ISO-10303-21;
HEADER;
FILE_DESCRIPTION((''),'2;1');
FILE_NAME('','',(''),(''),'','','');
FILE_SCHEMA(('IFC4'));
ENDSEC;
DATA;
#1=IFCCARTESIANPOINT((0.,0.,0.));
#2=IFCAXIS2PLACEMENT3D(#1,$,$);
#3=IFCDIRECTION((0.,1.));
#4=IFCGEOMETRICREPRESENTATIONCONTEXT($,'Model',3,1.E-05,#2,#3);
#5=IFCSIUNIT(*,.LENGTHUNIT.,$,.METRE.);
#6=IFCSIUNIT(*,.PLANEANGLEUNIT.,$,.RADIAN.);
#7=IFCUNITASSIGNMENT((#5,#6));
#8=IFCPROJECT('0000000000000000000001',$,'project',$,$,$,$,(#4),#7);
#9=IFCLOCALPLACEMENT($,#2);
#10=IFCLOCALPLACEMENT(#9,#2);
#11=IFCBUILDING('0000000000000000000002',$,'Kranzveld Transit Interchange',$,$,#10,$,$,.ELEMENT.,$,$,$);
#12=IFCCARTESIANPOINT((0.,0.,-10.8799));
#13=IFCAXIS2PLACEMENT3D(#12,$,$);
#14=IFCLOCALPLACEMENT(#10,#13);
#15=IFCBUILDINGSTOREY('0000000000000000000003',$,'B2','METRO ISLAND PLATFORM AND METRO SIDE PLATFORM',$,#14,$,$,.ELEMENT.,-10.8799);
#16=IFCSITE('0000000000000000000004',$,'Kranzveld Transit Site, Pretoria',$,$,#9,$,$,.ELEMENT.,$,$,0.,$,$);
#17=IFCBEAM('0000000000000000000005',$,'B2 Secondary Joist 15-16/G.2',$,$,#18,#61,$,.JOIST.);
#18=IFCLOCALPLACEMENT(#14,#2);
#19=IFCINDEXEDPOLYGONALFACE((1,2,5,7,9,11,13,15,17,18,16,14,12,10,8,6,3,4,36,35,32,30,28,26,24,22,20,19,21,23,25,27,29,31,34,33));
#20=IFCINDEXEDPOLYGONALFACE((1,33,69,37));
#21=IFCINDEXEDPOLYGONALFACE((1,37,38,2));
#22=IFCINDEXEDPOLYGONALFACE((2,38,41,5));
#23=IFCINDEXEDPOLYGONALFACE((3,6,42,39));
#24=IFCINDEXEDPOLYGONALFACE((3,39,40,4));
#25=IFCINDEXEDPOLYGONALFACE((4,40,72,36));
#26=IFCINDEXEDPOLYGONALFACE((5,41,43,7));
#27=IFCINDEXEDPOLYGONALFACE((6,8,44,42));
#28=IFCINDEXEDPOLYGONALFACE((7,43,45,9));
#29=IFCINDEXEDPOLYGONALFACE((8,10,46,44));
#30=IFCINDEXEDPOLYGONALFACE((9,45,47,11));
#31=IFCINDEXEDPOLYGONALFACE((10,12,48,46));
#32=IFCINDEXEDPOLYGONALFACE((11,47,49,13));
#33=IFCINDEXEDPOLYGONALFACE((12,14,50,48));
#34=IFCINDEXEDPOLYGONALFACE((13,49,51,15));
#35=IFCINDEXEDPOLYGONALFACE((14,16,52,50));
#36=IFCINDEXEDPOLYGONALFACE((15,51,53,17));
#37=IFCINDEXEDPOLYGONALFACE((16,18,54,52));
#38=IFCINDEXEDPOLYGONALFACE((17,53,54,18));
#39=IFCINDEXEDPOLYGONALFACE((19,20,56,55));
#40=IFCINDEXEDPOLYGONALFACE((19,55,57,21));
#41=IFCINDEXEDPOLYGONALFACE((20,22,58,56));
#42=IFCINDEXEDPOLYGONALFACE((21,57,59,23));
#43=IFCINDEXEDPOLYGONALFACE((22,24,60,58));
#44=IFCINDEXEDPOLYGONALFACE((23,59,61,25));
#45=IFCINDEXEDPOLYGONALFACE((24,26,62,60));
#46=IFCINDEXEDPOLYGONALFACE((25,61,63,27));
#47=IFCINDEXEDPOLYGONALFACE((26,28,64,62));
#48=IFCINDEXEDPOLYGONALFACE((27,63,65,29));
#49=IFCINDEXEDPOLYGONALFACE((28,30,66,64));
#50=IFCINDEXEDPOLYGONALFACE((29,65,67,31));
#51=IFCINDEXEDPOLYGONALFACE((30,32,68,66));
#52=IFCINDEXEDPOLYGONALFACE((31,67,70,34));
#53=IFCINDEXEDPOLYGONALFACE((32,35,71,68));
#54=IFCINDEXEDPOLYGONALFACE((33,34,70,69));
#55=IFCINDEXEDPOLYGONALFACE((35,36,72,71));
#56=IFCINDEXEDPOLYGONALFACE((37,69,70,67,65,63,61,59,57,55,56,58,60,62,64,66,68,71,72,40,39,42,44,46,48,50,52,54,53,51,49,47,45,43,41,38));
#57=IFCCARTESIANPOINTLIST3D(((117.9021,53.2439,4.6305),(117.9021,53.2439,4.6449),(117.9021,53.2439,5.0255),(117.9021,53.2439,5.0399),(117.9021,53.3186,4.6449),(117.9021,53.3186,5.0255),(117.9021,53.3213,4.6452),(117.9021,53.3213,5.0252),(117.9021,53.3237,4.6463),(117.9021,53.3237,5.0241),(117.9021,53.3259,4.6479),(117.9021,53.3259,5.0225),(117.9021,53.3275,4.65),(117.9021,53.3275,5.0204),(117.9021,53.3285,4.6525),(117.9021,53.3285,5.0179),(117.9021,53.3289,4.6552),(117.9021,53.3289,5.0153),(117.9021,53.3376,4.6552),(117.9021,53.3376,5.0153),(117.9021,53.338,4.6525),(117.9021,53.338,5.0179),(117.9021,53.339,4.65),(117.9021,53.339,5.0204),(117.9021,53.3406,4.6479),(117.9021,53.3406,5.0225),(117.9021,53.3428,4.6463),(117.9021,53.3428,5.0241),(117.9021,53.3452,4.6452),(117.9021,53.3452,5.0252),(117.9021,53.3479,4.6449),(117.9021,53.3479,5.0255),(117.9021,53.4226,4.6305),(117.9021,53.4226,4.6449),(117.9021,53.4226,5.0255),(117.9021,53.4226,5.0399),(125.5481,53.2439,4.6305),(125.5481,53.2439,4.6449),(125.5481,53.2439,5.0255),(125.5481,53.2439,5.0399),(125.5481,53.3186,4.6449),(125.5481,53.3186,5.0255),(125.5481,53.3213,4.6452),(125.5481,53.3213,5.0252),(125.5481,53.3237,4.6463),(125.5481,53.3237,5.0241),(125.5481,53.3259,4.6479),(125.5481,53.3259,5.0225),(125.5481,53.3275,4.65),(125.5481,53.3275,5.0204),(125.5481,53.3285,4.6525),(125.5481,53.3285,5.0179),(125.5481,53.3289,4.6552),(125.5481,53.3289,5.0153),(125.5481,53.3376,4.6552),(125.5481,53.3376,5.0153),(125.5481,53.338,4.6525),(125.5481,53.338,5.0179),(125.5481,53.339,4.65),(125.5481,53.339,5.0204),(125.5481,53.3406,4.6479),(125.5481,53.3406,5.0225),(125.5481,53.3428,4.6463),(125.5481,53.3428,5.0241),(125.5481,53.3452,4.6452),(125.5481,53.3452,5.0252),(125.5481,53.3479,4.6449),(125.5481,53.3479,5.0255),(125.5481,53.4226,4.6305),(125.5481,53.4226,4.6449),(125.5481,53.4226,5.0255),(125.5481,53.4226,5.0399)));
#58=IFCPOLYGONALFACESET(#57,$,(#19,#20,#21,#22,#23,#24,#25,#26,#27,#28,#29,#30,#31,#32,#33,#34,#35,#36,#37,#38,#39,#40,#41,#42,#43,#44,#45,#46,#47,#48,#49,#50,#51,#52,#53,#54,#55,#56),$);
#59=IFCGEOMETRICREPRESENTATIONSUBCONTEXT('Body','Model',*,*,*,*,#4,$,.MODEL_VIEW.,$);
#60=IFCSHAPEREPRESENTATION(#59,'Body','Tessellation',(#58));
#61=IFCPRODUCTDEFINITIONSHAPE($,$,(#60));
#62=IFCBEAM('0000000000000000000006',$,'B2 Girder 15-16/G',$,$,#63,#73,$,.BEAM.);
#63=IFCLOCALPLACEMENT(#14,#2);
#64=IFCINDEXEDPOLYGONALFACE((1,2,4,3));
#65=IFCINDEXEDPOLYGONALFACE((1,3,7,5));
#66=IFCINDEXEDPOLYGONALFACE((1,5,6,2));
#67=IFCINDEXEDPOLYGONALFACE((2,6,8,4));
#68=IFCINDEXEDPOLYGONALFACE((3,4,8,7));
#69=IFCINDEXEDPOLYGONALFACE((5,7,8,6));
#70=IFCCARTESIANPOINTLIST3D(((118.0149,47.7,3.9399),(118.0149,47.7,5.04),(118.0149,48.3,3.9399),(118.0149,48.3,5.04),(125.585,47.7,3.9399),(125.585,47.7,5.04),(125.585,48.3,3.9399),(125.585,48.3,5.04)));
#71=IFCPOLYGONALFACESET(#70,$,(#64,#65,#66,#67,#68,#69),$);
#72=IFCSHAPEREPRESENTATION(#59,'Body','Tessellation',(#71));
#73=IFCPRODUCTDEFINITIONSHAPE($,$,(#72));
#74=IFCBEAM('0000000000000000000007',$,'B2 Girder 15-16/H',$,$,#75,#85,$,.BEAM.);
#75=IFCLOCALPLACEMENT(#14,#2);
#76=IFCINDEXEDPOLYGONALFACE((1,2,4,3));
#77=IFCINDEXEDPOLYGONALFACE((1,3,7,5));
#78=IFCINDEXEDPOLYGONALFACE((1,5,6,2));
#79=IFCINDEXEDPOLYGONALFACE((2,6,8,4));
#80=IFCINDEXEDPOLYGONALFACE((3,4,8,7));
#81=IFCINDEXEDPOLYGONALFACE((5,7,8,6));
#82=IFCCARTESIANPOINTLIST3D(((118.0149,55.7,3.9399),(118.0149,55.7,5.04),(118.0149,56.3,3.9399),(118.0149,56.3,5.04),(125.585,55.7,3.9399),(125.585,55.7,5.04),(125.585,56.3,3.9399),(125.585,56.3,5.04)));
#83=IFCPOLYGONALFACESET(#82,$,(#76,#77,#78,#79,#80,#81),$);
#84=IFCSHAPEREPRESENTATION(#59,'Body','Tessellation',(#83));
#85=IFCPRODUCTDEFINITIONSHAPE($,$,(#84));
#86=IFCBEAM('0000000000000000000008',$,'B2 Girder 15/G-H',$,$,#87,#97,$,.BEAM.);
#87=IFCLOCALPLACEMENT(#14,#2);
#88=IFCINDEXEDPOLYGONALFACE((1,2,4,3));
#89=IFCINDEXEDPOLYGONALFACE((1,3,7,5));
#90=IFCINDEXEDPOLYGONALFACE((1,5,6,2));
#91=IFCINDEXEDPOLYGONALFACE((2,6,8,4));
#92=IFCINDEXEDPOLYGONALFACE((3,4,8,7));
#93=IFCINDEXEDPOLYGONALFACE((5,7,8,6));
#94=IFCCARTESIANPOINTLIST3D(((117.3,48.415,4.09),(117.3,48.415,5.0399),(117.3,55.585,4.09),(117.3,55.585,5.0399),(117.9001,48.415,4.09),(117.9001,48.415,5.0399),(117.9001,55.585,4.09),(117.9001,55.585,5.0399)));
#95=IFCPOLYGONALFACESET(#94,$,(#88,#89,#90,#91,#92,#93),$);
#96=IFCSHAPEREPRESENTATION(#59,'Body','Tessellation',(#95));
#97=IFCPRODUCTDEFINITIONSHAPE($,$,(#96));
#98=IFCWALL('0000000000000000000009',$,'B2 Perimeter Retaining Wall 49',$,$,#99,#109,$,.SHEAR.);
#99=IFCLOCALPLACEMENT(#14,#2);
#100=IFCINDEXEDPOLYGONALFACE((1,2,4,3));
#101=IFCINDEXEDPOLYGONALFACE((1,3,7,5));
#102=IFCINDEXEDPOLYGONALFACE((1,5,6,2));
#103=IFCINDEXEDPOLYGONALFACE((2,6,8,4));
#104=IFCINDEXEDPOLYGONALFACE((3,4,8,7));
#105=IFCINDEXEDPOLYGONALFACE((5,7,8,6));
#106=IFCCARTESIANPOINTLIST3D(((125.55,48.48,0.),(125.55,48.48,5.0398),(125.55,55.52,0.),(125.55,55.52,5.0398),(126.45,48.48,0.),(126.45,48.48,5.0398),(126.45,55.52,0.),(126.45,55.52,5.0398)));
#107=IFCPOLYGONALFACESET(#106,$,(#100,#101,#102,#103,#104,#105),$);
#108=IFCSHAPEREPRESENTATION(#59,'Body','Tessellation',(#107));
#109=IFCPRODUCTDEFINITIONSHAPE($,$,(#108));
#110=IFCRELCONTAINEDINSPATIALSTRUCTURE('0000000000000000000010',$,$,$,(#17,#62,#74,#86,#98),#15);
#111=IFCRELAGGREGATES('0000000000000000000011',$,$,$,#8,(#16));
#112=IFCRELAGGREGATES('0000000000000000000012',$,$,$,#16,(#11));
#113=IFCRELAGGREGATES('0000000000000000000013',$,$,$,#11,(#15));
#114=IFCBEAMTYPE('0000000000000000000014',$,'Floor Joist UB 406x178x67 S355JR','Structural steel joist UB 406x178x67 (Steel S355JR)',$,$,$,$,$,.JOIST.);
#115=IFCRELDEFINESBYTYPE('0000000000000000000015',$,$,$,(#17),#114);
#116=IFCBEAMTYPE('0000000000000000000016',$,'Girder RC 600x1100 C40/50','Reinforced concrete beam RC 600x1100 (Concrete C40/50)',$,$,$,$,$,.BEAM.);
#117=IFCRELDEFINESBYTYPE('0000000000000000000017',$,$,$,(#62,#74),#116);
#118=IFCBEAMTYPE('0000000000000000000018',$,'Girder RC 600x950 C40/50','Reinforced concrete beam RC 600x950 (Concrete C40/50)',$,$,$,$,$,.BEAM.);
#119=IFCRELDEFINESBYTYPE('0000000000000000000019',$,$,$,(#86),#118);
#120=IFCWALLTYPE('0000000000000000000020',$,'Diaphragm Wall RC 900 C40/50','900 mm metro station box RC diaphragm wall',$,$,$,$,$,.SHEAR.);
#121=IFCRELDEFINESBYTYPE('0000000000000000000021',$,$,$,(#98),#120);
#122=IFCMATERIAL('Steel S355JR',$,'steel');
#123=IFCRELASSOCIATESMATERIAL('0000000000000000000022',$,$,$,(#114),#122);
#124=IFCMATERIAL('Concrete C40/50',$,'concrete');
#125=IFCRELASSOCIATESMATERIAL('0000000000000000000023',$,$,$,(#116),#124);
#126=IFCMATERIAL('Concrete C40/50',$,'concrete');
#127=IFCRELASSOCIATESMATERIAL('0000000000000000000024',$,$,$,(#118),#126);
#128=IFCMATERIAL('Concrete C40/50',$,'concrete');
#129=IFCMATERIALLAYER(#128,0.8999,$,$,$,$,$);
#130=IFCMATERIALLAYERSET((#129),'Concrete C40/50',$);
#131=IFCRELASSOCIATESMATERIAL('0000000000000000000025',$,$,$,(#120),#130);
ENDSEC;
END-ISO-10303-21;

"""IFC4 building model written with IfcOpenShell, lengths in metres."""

from ifc_helpers import new_model, si_unit, direction, frame, frame_2d, origin, origin_2d, place, context, subcontext, project, spatial, rectangle, i_section, extrude, material, layer, layer_set, material_profile, profile_set, type_object, element, save


model = new_model("IFC4")

# Units and contexts
model_context = context("Model", 3, precision=1e-05, world=origin(), true_north=direction((0.0, 1.0)))
body_context = subcontext(model_context, "Body", "Model", "MODEL_VIEW")
ifc_project = project(units=[si_unit("LENGTHUNIT", "METRE"), si_unit("PLANEANGLEUNIT", "RADIAN")], contexts=[model_context])

# Site, building, storey
site_placement = place(None, origin())
site = spatial("IfcSite", under=ifc_project, at=site_placement, Name="Kranzveld Transit Site, Pretoria", CompositionType="ELEMENT", RefElevation=0.0)
building_placement = place(site_placement, origin())
building = spatial("IfcBuilding", under=site, at=building_placement, Name="Kranzveld Transit Interchange", CompositionType="ELEMENT")
storey_placement = place(building_placement, frame((0.0, 0.0, -10.8799)))
storey = spatial("IfcBuildingStorey", under=building, at=storey_placement, Name="B2", Description="METRO ISLAND PLATFORM AND METRO SIDE PLATFORM", CompositionType="ELEMENT", Elevation=-10.8799)

# Beams
ifc_material_1 = material(Name="Steel S355JR", Category="steel")
ifc_material_profile_1 = material_profile(ifc_material_1, i_section(OverallWidth=0.1787, OverallDepth=0.4094, WebThickness=0.0088, FlangeThickness=0.0144, FilletRadius=0.0103, at=origin_2d()), Name="UB 406x178x67")
ifc_profile_set_1 = profile_set([ifc_material_profile_1], Name="Steel S355JR")
beam_type_1 = type_object("IfcBeamType", Name="Floor Joist UB 406x178x67 S355JR", Description="Structural steel joist UB 406x178x67 (Steel S355JR)", PredefinedType="JOIST", material=ifc_profile_set_1)
for number, where, z_axis, x_axis, name in (
    (1, (117.9021, 53.3333, 4.8352), (1.0, 0.0, 0.0), (0.0, 1.0, 0.0), "B2 Secondary Joist 15-16/G.2"),
):
    element("IfcBeam", number, at=place(storey_placement, frame(where, z_axis=z_axis, x_axis=x_axis)), inside=storey, type_object=beam_type_1, Name=name, PredefinedType="JOIST", context=body_context, shape_type="SweptSolid", body=[
        extrude(i_section(OverallWidth=0.1787, OverallDepth=0.4094, WebThickness=0.0088, FlangeThickness=0.0144, FilletRadius=0.0103, at=origin_2d()), origin(), (0.0, 0.0, 1.0), 7.646),
    ])
ifc_material_2 = material(Name="Concrete C40/50", Category="concrete")
ifc_material_profile_2 = material_profile(ifc_material_2, rectangle(XDim=0.6001, YDim=1.1001, at=origin_2d()), Name="RC 600x1100")
ifc_profile_set_2 = profile_set([ifc_material_profile_2], Name="Concrete C40/50")
beam_type_2 = type_object("IfcBeamType", Name="Girder RC 600x1100 C40/50", Description="Reinforced concrete beam RC 600x1100 (Concrete C40/50)", PredefinedType="BEAM", material=ifc_profile_set_2)
for number, where, z_axis, x_axis, name in (
    (2, (118.0149, 48.0, 4.49), (1.0, 0.0, 0.0), (0.0, 1.0, 0.0), "B2 Girder 15-16/G"),
    (3, (118.0149, 56.0, 4.49), (1.0, 0.0, 0.0), (0.0, 1.0, 0.0), "B2 Girder 15-16/H"),
):
    element("IfcBeam", number, at=place(storey_placement, frame(where, z_axis=z_axis, x_axis=x_axis)), inside=storey, type_object=beam_type_2, Name=name, PredefinedType="BEAM", context=body_context, shape_type="SweptSolid", body=[
        extrude(rectangle(XDim=0.6001, YDim=1.1001, at=origin_2d()), origin(), (0.0, 0.0, 1.0), 7.5701),
    ])
ifc_material_3 = material(Name="Concrete C40/50", Category="concrete")
ifc_material_profile_3 = material_profile(ifc_material_3, rectangle(XDim=0.6001, YDim=0.95, at=origin_2d()), Name="RC 600x950")
ifc_profile_set_3 = profile_set([ifc_material_profile_3], Name="Concrete C40/50")
beam_type_3 = type_object("IfcBeamType", Name="Girder RC 600x950 C40/50", Description="Reinforced concrete beam RC 600x950 (Concrete C40/50)", PredefinedType="BEAM", material=ifc_profile_set_3)
beam_placement = place(storey_placement, frame((117.6001, 48.415, 4.5649), z_axis=(0.0, 1.0, 0.0), x_axis=(-1.0, 0.0, 0.0)))
element("IfcBeam", 4, at=beam_placement, inside=storey, type_object=beam_type_3, Name="B2 Girder 15/G-H", PredefinedType="BEAM", context=body_context, shape_type="SweptSolid", body=[
    extrude(rectangle(XDim=0.6001, YDim=0.95, at=origin_2d()), origin(), (0.0, 0.0, 1.0), 7.1699),
])

# Wall
ifc_material_4 = material(Name="Concrete C40/50", Category="concrete")
ifc_layer = layer(ifc_material_4, 0.8999)
ifc_layer_set = layer_set([ifc_layer], Name="Concrete C40/50")
wall_type = type_object("IfcWallType", Name="Diaphragm Wall RC 900 C40/50", Description="900 mm metro station box RC diaphragm wall", PredefinedType="SHEAR", material=ifc_layer_set)
wall_placement = place(storey_placement, frame((126.0, 48.48, 0.0), z_axis=(0.0, 0.0, 1.0), x_axis=(0.0, 1.0, 0.0)))
element("IfcWall", 5, at=wall_placement, inside=storey, type_object=wall_type, Name="B2 Perimeter Retaining Wall 49", PredefinedType="SHEAR", context=body_context, shape_type="SweptSolid", body=[
    extrude(rectangle(XDim=7.04, YDim=0.8999, at=frame_2d((3.52, 0.0))), origin(), (0.0, 0.0, 1.0), 5.0398),
])

save(model, "model.ifc")
